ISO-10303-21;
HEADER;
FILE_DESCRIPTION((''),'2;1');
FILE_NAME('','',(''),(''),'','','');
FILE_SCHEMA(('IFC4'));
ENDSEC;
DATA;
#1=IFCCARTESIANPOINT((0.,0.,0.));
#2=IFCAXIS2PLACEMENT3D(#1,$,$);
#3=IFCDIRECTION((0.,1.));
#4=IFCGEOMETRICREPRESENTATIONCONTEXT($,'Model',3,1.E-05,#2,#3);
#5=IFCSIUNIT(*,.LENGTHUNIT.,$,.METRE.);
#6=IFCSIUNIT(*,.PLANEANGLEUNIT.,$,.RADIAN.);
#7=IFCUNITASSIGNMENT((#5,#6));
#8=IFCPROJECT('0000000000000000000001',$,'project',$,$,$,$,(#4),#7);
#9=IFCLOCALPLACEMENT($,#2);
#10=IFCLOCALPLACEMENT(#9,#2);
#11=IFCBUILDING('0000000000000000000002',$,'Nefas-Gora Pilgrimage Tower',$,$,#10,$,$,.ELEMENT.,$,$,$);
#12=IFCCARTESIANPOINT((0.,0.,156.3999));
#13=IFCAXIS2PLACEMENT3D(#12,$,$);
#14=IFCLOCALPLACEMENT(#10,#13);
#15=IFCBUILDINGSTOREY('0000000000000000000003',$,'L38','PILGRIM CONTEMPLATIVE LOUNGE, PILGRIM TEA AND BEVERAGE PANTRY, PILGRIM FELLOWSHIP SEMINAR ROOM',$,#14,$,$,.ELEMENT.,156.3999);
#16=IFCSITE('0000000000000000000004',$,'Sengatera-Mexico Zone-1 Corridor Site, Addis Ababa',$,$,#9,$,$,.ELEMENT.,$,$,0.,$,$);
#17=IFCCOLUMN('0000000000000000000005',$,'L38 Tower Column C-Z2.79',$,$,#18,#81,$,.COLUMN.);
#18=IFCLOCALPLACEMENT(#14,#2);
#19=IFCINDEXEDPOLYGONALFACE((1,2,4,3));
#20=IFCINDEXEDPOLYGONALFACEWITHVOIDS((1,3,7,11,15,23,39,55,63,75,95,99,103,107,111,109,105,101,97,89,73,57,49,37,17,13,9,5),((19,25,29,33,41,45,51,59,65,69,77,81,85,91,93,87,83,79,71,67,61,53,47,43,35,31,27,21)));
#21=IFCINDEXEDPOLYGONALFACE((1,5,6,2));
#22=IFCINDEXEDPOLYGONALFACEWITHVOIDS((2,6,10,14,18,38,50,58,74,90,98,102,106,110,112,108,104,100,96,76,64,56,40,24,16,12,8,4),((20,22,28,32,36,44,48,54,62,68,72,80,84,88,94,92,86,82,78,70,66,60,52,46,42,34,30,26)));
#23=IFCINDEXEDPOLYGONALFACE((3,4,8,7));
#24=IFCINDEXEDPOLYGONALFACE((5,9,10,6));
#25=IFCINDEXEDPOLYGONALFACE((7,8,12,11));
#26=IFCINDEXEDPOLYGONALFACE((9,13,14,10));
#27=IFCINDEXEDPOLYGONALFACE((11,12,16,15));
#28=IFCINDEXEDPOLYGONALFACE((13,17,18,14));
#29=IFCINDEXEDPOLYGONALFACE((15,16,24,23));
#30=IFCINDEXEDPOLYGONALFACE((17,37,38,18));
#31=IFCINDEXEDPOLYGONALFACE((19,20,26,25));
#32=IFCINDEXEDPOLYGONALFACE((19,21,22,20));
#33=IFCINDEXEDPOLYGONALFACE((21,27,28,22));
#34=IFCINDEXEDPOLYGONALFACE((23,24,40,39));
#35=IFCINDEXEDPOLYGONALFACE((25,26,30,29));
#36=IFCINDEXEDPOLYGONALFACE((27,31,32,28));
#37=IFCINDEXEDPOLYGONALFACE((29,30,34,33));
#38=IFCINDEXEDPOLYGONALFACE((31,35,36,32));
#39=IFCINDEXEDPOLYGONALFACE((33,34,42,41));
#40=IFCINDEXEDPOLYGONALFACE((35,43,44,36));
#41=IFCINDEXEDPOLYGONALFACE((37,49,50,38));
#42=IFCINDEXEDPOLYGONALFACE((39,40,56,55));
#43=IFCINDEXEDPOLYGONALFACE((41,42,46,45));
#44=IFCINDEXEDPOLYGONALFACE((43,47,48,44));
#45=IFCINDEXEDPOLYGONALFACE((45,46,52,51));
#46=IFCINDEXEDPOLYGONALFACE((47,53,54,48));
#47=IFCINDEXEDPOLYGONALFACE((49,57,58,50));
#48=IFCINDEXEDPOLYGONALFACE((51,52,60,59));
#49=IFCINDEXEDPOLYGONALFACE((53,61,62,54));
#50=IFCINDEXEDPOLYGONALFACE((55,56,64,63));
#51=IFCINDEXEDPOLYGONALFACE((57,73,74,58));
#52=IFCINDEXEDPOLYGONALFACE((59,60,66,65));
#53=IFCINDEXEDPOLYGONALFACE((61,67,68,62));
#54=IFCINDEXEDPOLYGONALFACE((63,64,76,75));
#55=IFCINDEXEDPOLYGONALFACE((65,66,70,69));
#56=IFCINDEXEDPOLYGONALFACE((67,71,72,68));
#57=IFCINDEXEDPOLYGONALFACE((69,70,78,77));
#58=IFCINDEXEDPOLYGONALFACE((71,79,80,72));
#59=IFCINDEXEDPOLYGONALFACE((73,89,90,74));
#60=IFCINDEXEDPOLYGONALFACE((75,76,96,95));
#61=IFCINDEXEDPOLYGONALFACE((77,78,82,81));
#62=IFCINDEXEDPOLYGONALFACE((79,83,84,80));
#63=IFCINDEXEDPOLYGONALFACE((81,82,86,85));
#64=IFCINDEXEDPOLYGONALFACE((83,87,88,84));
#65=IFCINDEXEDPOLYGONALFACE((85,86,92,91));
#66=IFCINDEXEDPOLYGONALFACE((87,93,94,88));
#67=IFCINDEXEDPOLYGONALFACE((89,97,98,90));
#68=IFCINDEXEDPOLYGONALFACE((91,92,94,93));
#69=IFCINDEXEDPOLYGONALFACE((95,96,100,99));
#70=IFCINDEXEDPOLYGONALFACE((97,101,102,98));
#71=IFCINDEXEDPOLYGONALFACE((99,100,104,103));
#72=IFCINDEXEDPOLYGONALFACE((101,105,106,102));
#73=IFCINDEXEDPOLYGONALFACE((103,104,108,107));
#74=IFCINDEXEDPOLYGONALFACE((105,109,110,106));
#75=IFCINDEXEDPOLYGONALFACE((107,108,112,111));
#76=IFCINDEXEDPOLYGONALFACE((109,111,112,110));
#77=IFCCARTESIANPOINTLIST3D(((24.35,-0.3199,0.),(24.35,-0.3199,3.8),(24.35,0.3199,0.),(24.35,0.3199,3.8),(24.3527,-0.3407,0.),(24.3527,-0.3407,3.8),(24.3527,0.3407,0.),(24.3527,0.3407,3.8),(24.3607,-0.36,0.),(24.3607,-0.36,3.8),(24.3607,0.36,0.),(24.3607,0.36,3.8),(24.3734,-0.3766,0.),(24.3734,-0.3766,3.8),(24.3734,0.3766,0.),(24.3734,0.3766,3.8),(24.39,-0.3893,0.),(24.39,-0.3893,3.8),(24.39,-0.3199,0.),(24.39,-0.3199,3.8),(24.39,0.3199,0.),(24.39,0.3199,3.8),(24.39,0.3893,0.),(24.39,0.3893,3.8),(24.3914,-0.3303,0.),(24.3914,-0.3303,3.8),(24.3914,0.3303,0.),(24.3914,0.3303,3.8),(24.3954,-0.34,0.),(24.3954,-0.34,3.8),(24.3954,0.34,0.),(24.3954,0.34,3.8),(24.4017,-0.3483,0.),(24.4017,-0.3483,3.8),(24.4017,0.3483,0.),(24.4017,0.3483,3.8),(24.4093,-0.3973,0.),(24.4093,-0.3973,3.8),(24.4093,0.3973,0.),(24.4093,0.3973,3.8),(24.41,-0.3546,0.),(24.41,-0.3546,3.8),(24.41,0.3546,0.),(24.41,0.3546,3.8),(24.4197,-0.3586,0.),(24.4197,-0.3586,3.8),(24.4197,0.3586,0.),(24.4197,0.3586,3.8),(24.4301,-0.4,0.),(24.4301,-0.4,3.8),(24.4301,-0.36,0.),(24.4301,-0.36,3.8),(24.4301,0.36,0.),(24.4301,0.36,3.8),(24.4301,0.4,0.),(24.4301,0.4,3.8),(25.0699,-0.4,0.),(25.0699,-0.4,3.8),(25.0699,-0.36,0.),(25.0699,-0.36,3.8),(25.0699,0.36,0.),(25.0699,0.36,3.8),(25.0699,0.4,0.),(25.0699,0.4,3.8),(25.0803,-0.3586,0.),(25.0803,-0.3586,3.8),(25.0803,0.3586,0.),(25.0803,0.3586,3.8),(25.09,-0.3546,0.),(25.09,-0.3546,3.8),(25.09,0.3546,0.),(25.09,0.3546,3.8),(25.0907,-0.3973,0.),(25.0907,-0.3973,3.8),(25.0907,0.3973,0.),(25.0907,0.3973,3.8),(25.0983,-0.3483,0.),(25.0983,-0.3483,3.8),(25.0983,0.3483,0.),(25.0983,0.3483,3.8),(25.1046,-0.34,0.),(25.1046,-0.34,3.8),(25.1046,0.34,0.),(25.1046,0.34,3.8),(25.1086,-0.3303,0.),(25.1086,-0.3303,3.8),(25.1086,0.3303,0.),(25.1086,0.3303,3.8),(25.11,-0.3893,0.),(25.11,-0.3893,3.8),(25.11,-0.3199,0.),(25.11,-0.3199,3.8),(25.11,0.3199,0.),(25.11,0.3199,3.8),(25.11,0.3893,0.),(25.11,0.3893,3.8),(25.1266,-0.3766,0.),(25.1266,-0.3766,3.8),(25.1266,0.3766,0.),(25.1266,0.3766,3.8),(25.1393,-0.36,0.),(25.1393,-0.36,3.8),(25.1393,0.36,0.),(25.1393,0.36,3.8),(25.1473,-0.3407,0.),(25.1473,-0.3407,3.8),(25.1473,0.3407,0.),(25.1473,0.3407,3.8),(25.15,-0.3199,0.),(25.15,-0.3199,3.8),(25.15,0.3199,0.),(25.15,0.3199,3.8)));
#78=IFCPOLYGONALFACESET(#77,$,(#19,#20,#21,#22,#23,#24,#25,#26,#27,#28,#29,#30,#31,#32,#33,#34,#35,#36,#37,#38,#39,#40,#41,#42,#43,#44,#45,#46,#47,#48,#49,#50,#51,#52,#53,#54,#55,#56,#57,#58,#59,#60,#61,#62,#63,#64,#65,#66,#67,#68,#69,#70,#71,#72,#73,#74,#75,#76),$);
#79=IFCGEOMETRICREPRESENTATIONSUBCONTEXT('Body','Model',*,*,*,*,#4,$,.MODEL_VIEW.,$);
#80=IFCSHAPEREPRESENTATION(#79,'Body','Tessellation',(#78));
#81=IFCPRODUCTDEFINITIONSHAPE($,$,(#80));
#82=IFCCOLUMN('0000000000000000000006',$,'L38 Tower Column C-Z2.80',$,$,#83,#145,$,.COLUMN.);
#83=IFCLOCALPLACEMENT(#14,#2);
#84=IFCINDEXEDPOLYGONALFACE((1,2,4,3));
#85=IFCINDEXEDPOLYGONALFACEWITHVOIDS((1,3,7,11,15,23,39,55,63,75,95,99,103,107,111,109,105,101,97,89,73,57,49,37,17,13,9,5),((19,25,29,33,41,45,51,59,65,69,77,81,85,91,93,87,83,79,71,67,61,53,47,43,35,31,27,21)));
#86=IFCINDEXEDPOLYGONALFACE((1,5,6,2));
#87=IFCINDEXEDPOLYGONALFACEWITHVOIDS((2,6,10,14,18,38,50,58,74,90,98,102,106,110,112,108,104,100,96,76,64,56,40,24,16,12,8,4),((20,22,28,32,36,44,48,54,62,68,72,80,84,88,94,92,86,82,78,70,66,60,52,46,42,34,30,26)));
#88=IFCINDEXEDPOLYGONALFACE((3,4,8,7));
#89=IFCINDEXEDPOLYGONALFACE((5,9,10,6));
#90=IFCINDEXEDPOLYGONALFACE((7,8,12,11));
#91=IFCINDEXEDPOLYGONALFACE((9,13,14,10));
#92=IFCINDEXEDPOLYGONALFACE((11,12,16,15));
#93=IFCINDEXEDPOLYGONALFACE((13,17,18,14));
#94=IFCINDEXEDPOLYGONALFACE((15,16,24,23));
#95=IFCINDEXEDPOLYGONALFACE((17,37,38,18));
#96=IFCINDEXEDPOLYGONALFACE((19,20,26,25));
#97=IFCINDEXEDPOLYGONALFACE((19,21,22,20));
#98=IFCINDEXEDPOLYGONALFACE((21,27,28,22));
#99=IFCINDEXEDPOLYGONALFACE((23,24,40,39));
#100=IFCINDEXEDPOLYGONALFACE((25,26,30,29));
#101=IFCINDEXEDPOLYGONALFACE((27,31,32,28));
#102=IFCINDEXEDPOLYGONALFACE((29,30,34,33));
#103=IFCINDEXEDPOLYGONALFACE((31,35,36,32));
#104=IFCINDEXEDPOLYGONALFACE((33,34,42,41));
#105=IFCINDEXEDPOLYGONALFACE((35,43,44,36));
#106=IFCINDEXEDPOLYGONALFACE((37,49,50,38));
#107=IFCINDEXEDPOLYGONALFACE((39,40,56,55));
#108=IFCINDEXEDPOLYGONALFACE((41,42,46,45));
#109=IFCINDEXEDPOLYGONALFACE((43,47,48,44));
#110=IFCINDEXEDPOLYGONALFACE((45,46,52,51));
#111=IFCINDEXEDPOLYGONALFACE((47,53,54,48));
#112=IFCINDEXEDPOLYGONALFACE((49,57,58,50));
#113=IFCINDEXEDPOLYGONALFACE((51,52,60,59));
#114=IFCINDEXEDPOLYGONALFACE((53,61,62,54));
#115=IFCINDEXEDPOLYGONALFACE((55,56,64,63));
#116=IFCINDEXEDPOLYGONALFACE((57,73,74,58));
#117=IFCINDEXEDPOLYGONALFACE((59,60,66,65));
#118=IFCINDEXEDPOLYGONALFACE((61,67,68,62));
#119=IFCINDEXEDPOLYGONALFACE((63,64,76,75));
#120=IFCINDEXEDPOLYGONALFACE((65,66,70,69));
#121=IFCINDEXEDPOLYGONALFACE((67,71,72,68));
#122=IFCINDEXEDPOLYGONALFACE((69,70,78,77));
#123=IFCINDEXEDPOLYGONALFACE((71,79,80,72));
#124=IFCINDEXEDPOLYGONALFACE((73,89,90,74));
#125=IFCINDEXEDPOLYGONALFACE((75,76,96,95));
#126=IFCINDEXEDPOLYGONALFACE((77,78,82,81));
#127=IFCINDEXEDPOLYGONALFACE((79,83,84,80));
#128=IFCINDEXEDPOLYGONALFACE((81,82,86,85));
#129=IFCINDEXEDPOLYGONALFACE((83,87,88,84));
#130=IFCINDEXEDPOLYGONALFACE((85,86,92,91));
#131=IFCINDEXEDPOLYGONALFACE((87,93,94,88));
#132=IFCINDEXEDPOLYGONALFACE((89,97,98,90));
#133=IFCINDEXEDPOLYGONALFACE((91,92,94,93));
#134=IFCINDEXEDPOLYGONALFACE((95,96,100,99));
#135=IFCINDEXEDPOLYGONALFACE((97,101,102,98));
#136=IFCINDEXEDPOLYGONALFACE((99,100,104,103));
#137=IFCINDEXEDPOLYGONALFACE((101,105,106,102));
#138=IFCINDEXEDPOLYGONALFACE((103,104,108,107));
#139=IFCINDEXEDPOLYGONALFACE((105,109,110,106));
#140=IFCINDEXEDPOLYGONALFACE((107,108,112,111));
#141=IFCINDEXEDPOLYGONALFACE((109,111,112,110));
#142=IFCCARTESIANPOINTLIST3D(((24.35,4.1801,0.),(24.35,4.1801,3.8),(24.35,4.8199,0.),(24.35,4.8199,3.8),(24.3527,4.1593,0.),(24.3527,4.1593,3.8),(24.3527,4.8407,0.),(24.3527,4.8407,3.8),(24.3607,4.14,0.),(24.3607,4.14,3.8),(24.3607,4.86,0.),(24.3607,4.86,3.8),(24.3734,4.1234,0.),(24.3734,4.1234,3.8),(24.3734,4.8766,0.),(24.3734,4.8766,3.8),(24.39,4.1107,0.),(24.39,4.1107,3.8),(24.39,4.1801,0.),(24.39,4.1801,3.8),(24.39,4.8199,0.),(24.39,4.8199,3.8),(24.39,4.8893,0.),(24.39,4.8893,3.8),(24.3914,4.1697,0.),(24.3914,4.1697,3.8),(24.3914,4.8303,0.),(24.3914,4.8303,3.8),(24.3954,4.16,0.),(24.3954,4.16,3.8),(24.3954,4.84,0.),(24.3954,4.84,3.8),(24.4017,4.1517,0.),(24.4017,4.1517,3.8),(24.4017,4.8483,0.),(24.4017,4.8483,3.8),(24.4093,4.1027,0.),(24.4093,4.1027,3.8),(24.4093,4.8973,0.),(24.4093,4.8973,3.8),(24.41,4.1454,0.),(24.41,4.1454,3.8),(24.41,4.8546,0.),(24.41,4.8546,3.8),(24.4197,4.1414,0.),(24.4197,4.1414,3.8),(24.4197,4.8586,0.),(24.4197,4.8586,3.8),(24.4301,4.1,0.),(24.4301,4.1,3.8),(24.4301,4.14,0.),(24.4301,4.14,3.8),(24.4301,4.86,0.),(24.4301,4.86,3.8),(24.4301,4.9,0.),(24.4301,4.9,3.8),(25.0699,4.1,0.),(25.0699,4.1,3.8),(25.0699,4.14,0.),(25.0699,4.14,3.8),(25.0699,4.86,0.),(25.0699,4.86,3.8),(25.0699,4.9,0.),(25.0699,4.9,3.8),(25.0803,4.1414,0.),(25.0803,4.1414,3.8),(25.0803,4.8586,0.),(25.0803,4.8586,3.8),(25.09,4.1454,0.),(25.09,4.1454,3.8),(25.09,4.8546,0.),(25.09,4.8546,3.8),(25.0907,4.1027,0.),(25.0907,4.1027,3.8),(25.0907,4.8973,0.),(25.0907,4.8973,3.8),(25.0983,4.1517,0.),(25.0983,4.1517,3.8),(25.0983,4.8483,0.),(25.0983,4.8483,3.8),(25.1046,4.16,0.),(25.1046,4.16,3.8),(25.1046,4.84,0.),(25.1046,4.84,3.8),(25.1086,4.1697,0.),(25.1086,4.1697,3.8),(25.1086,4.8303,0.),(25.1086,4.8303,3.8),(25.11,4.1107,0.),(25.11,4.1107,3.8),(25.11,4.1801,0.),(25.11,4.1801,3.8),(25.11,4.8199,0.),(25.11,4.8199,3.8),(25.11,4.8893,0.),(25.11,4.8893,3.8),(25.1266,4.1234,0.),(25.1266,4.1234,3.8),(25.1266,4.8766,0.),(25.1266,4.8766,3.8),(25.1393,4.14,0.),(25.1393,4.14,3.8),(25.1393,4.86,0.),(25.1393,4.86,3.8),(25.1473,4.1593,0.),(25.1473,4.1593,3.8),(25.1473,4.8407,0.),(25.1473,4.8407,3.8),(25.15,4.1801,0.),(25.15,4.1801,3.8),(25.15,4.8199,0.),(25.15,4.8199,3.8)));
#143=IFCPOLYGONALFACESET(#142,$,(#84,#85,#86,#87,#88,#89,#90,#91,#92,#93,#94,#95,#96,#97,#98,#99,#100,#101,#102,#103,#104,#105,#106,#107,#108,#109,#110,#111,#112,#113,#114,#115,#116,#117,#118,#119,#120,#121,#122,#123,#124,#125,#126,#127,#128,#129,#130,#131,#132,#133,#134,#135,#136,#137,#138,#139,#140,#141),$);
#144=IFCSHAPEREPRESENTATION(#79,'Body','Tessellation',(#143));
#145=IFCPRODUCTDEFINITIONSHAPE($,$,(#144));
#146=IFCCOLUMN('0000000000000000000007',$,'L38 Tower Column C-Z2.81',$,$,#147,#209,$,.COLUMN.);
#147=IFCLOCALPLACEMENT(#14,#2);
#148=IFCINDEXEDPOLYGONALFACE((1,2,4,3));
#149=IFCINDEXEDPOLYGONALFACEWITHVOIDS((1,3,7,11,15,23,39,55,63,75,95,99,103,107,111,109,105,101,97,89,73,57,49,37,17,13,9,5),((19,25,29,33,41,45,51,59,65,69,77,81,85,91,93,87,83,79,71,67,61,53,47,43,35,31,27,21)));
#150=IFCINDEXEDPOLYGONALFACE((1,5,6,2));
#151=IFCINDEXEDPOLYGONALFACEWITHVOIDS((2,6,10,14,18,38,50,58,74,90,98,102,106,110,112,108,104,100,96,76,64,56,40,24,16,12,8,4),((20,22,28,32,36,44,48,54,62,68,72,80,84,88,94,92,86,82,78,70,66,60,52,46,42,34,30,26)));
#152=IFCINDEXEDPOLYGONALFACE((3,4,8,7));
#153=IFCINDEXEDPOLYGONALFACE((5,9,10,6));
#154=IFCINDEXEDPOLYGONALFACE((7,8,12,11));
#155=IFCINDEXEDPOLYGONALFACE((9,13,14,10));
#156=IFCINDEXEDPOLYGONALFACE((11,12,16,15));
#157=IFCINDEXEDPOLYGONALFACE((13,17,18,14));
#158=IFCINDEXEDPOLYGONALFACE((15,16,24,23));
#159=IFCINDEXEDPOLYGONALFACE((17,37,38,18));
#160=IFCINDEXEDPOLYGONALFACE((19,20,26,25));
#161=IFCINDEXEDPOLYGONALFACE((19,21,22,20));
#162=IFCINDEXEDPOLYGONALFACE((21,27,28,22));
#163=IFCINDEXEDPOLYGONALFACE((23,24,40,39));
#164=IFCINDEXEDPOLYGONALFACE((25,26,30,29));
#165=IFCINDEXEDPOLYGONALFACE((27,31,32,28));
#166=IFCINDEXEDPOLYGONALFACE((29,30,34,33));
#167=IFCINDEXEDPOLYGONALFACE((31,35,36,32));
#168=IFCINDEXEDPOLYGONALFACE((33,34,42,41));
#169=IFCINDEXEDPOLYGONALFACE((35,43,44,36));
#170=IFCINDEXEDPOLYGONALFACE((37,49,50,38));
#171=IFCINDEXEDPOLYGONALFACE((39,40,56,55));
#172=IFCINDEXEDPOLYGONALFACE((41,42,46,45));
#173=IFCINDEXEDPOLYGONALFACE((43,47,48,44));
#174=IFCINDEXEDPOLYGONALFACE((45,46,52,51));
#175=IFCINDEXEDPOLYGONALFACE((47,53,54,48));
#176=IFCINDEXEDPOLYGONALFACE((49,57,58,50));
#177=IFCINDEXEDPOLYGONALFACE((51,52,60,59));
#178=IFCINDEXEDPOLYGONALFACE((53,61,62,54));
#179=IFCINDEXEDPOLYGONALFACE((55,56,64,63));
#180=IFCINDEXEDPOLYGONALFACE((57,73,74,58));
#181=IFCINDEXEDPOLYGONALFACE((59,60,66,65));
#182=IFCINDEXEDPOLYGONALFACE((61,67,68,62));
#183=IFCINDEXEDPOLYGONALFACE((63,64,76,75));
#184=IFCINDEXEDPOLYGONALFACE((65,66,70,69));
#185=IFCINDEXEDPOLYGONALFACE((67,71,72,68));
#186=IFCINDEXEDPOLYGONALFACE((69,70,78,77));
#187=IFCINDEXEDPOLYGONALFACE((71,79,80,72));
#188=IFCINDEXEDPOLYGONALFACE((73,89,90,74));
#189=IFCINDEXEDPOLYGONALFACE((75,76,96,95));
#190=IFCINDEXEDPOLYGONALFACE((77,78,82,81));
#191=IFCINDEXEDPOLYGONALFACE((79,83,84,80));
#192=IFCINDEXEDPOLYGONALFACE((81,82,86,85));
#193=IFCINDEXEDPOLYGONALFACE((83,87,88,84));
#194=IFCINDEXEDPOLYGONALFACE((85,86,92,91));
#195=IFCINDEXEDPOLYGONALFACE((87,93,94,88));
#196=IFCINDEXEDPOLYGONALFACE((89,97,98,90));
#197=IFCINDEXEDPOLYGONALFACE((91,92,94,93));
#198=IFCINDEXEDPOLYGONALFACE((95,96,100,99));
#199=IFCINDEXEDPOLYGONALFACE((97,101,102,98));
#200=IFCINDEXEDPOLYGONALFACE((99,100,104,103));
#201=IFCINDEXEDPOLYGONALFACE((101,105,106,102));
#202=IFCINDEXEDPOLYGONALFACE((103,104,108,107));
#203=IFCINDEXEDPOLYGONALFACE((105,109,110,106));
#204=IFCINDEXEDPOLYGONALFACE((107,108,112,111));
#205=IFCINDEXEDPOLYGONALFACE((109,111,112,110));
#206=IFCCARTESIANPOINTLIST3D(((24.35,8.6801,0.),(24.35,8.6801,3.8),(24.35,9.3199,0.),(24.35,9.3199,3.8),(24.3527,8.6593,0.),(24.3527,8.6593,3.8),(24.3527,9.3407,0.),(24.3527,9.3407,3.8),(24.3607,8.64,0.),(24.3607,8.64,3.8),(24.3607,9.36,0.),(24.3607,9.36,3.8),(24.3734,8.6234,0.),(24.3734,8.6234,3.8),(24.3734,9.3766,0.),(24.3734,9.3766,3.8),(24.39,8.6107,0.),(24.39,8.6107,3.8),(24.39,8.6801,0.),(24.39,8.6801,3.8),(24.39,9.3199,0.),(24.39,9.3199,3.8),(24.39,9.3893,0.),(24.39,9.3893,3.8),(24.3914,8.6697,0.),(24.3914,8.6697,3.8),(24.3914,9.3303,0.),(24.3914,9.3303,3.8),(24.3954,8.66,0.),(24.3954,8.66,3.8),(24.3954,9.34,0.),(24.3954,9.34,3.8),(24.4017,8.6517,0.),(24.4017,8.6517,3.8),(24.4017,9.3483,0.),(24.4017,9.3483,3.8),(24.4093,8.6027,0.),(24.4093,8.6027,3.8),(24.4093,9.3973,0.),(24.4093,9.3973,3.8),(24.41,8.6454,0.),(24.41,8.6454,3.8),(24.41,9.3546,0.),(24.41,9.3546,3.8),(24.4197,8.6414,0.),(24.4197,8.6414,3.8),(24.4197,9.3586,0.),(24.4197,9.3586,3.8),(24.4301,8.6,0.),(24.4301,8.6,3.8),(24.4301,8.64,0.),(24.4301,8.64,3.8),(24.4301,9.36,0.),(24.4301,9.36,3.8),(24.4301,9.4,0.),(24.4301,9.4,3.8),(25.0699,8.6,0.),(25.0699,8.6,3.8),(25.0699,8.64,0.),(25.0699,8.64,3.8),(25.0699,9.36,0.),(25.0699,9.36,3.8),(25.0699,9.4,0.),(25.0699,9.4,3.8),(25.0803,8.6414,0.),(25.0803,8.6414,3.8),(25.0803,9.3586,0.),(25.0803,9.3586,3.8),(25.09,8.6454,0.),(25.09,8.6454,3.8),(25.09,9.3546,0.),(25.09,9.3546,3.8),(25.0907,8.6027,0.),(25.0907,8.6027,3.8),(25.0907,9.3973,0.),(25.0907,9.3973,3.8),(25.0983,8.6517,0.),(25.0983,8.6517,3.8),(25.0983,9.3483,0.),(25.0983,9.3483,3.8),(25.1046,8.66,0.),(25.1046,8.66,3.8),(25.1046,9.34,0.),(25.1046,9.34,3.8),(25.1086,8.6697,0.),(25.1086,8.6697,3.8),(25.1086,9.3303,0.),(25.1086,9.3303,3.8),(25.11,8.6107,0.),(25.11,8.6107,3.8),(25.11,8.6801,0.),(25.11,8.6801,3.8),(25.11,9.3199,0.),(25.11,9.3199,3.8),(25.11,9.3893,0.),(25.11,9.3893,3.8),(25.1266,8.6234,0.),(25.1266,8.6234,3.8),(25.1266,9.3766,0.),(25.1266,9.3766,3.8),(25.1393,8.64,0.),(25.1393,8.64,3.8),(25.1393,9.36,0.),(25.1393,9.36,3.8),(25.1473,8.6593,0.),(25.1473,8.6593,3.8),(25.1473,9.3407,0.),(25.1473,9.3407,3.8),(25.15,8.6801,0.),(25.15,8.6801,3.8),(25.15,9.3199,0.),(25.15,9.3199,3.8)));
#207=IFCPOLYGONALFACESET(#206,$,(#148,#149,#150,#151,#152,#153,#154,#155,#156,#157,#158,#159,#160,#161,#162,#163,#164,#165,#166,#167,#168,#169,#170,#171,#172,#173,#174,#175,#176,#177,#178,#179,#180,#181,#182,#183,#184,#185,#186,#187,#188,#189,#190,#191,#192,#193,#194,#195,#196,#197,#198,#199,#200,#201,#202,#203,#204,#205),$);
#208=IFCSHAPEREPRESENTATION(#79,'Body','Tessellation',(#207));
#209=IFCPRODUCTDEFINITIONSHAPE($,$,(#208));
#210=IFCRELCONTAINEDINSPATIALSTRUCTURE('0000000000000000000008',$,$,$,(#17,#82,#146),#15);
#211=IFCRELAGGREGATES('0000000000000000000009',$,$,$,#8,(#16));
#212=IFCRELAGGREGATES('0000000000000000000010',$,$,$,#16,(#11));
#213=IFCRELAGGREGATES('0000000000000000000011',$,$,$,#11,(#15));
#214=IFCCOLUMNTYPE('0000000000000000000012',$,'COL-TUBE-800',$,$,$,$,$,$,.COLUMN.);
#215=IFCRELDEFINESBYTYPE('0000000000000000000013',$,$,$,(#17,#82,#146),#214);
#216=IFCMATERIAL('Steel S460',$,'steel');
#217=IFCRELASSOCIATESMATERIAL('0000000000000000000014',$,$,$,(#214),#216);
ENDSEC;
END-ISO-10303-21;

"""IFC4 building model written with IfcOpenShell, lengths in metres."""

from ifc_helpers import new_model, si_unit, direction, frame, origin, origin_2d, place, context, subcontext, project, spatial, hollow_rectangle, extrude, source, transform, mapped, material, material_profile, profile_set, type_object, element, save


model = new_model("IFC4")

# Units and contexts
model_context = context("Model", 3, precision=1e-05, world=origin(), true_north=direction((0.0, 1.0)))
body_context = subcontext(model_context, "Body", "Model", "MODEL_VIEW")
ifc_project = project(units=[si_unit("LENGTHUNIT", "METRE"), si_unit("PLANEANGLEUNIT", "RADIAN")], contexts=[model_context])

# Site, building, storey
site_placement = place(None, origin())
site = spatial("IfcSite", under=ifc_project, at=site_placement, Name="Sengatera-Mexico Zone-1 Corridor Site, Addis Ababa", CompositionType="ELEMENT", RefElevation=0.0)
building_placement = place(site_placement, origin())
building = spatial("IfcBuilding", under=site, at=building_placement, Name="Nefas-Gora Pilgrimage Tower", CompositionType="ELEMENT")
storey_placement = place(building_placement, frame((0.0, 0.0, 156.3999)))
storey = spatial("IfcBuildingStorey", under=building, at=storey_placement, Name="L38", Description="PILGRIM CONTEMPLATIVE LOUNGE, PILGRIM TEA AND BEVERAGE PANTRY, PILGRIM FELLOWSHIP SEMINAR ROOM", CompositionType="ELEMENT", Elevation=156.3999)

# Columns
ifc_material_1 = material(Name="Steel S460", Category="steel")
ifc_material_profile_1 = material_profile(ifc_material_1, hollow_rectangle(XDim=0.8, YDim=0.8, WallThickness=0.04, InnerFilletRadius=0.04, OuterFilletRadius=0.0801, at=origin_2d()), Name="BOX 800x800x40")
ifc_profile_set_1 = profile_set([ifc_material_profile_1], Name="Steel S460")
column_type_1 = type_object("IfcColumnType", Name="COL-TUBE-800", PredefinedType="COLUMN", material=ifc_profile_set_1)
shared_shape_1 = source(origin(), body_context, "Body", "SweptSolid", [
    extrude(hollow_rectangle(XDim=0.8, YDim=0.8, WallThickness=0.04, InnerFilletRadius=0.04, OuterFilletRadius=0.0801, at=origin_2d()), origin(), (0.0, 0.0, 1.0), 3.8),
])
for number, where, z_axis, x_axis, name in (
    (1, (24.75, 0.0, 0.0), (0.0, 0.0, 1.0), (1.0, 0.0, 0.0), "L38 Tower Column C-Z2.79"),
    (2, (24.75, 4.5, 0.0), (0.0, 0.0, 1.0), (1.0, 0.0, 0.0), "L38 Tower Column C-Z2.80"),
    (3, (24.75, 9.0, 0.0), (0.0, 0.0, 1.0), (1.0, 0.0, 0.0), "L38 Tower Column C-Z2.81"),
):
    element("IfcColumn", number, at=place(storey_placement, frame(where, z_axis=z_axis, x_axis=x_axis)), inside=storey, type_object=column_type_1, Name=name, PredefinedType="COLUMN", context=body_context, shape_type="MappedRepresentation", body=[
        mapped(shared_shape_1, transform((0.0, 0.0, 0.0), x_axis=(1.0, 0.0, 0.0), y_axis=(0.0, 1.0, 0.0), z_axis=(0.0, 0.0, 1.0), scale=1.0)),
    ])

save(model, "model.ifc")
